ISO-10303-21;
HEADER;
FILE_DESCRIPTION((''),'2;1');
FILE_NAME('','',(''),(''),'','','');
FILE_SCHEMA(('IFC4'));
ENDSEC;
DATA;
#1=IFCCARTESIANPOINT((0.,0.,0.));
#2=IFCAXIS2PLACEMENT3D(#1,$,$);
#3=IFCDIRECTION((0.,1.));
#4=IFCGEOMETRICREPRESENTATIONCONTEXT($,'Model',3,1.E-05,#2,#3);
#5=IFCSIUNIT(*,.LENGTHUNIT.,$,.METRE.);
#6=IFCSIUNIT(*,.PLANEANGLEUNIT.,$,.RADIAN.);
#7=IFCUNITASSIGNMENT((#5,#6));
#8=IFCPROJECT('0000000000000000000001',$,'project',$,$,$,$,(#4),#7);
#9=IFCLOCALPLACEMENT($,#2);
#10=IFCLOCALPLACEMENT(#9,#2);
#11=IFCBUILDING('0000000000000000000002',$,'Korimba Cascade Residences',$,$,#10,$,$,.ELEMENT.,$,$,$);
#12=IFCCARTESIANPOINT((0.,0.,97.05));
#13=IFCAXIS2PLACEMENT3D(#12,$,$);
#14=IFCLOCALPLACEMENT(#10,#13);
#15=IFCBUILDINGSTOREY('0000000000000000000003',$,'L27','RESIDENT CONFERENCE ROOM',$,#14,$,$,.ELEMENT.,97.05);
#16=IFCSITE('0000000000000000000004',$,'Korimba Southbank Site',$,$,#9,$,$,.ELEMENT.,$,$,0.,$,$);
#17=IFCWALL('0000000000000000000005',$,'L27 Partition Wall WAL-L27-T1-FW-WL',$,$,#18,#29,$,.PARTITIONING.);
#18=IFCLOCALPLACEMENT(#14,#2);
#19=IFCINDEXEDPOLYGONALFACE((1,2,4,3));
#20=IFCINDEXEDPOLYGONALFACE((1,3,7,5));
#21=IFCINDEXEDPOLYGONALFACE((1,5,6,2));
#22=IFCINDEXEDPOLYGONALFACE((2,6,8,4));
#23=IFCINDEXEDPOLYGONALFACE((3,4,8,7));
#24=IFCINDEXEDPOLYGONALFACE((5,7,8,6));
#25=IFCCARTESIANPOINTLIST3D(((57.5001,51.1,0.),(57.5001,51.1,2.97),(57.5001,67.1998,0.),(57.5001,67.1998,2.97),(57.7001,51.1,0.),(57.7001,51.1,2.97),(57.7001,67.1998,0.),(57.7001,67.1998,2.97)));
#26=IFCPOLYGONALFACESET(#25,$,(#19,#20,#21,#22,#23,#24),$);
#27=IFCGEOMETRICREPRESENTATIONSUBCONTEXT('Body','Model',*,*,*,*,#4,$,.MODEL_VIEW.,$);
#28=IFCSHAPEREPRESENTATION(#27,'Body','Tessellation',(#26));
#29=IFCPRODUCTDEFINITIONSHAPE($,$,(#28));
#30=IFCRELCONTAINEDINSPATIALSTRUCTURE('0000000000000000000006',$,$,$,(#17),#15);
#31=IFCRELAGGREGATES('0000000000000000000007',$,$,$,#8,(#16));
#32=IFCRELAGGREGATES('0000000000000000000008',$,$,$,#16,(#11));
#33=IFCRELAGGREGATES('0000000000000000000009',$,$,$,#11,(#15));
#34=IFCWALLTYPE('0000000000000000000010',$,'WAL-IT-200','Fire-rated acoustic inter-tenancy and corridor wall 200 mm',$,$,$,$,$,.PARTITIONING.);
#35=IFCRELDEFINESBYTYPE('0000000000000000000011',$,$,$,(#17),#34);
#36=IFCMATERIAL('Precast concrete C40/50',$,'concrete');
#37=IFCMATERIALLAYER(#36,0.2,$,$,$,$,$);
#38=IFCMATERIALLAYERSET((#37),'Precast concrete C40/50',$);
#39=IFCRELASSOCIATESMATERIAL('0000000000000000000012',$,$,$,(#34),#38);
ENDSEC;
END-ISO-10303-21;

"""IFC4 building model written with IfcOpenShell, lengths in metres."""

from ifc_helpers import new_model, si_unit, direction, frame, frame_2d, origin, place, context, subcontext, project, spatial, rectangle, extrude, material, layer, layer_set, type_object, element, save


model = new_model("IFC4")

# Units and contexts
model_context = context("Model", 3, precision=1e-05, world=origin(), true_north=direction((0.0, 1.0)))
body_context = subcontext(model_context, "Body", "Model", "MODEL_VIEW")
ifc_project = project(units=[si_unit("LENGTHUNIT", "METRE"), si_unit("PLANEANGLEUNIT", "RADIAN")], contexts=[model_context])

# Site, building, storey
site_placement = place(None, origin())
site = spatial("IfcSite", under=ifc_project, at=site_placement, Name="Korimba Southbank Site", CompositionType="ELEMENT", RefElevation=0.0)
building_placement = place(site_placement, origin())
building = spatial("IfcBuilding", under=site, at=building_placement, Name="Korimba Cascade Residences", CompositionType="ELEMENT")
storey_placement = place(building_placement, frame((0.0, 0.0, 97.05)))
storey = spatial("IfcBuildingStorey", under=building, at=storey_placement, Name="L27", Description="RESIDENT CONFERENCE ROOM", CompositionType="ELEMENT", Elevation=97.05)

# Shared definitions
ifc_material_1 = material(Name="Precast concrete C40/50", Category="concrete")

# Wall
ifc_layer_1 = layer(ifc_material_1, 0.2)
ifc_layer_set_1 = layer_set([ifc_layer_1], Name="Precast concrete C40/50")
wall_type_1 = type_object("IfcWallType", Name="WAL-IT-200", Description="Fire-rated acoustic inter-tenancy and corridor wall 200 mm", PredefinedType="PARTITIONING", material=ifc_layer_set_1)
wall_1_placement = place(storey_placement, frame((57.6001, 51.1001, 0.0), z_axis=(0.0, 0.0, 1.0), x_axis=(0.0, 1.0, 0.0)))
element("IfcWall", 1, at=wall_1_placement, inside=storey, type_object=wall_type_1, Name="L27 Partition Wall WAL-L27-T1-FW-WL", PredefinedType="PARTITIONING", context=body_context, shape_type="SweptSolid", body=[
    extrude(rectangle(XDim=16.0999, YDim=0.2, at=frame_2d((8.0498, 0.0))), origin(), (0.0, 0.0, 1.0), 2.97),
])

save(model, "model.ifc")
